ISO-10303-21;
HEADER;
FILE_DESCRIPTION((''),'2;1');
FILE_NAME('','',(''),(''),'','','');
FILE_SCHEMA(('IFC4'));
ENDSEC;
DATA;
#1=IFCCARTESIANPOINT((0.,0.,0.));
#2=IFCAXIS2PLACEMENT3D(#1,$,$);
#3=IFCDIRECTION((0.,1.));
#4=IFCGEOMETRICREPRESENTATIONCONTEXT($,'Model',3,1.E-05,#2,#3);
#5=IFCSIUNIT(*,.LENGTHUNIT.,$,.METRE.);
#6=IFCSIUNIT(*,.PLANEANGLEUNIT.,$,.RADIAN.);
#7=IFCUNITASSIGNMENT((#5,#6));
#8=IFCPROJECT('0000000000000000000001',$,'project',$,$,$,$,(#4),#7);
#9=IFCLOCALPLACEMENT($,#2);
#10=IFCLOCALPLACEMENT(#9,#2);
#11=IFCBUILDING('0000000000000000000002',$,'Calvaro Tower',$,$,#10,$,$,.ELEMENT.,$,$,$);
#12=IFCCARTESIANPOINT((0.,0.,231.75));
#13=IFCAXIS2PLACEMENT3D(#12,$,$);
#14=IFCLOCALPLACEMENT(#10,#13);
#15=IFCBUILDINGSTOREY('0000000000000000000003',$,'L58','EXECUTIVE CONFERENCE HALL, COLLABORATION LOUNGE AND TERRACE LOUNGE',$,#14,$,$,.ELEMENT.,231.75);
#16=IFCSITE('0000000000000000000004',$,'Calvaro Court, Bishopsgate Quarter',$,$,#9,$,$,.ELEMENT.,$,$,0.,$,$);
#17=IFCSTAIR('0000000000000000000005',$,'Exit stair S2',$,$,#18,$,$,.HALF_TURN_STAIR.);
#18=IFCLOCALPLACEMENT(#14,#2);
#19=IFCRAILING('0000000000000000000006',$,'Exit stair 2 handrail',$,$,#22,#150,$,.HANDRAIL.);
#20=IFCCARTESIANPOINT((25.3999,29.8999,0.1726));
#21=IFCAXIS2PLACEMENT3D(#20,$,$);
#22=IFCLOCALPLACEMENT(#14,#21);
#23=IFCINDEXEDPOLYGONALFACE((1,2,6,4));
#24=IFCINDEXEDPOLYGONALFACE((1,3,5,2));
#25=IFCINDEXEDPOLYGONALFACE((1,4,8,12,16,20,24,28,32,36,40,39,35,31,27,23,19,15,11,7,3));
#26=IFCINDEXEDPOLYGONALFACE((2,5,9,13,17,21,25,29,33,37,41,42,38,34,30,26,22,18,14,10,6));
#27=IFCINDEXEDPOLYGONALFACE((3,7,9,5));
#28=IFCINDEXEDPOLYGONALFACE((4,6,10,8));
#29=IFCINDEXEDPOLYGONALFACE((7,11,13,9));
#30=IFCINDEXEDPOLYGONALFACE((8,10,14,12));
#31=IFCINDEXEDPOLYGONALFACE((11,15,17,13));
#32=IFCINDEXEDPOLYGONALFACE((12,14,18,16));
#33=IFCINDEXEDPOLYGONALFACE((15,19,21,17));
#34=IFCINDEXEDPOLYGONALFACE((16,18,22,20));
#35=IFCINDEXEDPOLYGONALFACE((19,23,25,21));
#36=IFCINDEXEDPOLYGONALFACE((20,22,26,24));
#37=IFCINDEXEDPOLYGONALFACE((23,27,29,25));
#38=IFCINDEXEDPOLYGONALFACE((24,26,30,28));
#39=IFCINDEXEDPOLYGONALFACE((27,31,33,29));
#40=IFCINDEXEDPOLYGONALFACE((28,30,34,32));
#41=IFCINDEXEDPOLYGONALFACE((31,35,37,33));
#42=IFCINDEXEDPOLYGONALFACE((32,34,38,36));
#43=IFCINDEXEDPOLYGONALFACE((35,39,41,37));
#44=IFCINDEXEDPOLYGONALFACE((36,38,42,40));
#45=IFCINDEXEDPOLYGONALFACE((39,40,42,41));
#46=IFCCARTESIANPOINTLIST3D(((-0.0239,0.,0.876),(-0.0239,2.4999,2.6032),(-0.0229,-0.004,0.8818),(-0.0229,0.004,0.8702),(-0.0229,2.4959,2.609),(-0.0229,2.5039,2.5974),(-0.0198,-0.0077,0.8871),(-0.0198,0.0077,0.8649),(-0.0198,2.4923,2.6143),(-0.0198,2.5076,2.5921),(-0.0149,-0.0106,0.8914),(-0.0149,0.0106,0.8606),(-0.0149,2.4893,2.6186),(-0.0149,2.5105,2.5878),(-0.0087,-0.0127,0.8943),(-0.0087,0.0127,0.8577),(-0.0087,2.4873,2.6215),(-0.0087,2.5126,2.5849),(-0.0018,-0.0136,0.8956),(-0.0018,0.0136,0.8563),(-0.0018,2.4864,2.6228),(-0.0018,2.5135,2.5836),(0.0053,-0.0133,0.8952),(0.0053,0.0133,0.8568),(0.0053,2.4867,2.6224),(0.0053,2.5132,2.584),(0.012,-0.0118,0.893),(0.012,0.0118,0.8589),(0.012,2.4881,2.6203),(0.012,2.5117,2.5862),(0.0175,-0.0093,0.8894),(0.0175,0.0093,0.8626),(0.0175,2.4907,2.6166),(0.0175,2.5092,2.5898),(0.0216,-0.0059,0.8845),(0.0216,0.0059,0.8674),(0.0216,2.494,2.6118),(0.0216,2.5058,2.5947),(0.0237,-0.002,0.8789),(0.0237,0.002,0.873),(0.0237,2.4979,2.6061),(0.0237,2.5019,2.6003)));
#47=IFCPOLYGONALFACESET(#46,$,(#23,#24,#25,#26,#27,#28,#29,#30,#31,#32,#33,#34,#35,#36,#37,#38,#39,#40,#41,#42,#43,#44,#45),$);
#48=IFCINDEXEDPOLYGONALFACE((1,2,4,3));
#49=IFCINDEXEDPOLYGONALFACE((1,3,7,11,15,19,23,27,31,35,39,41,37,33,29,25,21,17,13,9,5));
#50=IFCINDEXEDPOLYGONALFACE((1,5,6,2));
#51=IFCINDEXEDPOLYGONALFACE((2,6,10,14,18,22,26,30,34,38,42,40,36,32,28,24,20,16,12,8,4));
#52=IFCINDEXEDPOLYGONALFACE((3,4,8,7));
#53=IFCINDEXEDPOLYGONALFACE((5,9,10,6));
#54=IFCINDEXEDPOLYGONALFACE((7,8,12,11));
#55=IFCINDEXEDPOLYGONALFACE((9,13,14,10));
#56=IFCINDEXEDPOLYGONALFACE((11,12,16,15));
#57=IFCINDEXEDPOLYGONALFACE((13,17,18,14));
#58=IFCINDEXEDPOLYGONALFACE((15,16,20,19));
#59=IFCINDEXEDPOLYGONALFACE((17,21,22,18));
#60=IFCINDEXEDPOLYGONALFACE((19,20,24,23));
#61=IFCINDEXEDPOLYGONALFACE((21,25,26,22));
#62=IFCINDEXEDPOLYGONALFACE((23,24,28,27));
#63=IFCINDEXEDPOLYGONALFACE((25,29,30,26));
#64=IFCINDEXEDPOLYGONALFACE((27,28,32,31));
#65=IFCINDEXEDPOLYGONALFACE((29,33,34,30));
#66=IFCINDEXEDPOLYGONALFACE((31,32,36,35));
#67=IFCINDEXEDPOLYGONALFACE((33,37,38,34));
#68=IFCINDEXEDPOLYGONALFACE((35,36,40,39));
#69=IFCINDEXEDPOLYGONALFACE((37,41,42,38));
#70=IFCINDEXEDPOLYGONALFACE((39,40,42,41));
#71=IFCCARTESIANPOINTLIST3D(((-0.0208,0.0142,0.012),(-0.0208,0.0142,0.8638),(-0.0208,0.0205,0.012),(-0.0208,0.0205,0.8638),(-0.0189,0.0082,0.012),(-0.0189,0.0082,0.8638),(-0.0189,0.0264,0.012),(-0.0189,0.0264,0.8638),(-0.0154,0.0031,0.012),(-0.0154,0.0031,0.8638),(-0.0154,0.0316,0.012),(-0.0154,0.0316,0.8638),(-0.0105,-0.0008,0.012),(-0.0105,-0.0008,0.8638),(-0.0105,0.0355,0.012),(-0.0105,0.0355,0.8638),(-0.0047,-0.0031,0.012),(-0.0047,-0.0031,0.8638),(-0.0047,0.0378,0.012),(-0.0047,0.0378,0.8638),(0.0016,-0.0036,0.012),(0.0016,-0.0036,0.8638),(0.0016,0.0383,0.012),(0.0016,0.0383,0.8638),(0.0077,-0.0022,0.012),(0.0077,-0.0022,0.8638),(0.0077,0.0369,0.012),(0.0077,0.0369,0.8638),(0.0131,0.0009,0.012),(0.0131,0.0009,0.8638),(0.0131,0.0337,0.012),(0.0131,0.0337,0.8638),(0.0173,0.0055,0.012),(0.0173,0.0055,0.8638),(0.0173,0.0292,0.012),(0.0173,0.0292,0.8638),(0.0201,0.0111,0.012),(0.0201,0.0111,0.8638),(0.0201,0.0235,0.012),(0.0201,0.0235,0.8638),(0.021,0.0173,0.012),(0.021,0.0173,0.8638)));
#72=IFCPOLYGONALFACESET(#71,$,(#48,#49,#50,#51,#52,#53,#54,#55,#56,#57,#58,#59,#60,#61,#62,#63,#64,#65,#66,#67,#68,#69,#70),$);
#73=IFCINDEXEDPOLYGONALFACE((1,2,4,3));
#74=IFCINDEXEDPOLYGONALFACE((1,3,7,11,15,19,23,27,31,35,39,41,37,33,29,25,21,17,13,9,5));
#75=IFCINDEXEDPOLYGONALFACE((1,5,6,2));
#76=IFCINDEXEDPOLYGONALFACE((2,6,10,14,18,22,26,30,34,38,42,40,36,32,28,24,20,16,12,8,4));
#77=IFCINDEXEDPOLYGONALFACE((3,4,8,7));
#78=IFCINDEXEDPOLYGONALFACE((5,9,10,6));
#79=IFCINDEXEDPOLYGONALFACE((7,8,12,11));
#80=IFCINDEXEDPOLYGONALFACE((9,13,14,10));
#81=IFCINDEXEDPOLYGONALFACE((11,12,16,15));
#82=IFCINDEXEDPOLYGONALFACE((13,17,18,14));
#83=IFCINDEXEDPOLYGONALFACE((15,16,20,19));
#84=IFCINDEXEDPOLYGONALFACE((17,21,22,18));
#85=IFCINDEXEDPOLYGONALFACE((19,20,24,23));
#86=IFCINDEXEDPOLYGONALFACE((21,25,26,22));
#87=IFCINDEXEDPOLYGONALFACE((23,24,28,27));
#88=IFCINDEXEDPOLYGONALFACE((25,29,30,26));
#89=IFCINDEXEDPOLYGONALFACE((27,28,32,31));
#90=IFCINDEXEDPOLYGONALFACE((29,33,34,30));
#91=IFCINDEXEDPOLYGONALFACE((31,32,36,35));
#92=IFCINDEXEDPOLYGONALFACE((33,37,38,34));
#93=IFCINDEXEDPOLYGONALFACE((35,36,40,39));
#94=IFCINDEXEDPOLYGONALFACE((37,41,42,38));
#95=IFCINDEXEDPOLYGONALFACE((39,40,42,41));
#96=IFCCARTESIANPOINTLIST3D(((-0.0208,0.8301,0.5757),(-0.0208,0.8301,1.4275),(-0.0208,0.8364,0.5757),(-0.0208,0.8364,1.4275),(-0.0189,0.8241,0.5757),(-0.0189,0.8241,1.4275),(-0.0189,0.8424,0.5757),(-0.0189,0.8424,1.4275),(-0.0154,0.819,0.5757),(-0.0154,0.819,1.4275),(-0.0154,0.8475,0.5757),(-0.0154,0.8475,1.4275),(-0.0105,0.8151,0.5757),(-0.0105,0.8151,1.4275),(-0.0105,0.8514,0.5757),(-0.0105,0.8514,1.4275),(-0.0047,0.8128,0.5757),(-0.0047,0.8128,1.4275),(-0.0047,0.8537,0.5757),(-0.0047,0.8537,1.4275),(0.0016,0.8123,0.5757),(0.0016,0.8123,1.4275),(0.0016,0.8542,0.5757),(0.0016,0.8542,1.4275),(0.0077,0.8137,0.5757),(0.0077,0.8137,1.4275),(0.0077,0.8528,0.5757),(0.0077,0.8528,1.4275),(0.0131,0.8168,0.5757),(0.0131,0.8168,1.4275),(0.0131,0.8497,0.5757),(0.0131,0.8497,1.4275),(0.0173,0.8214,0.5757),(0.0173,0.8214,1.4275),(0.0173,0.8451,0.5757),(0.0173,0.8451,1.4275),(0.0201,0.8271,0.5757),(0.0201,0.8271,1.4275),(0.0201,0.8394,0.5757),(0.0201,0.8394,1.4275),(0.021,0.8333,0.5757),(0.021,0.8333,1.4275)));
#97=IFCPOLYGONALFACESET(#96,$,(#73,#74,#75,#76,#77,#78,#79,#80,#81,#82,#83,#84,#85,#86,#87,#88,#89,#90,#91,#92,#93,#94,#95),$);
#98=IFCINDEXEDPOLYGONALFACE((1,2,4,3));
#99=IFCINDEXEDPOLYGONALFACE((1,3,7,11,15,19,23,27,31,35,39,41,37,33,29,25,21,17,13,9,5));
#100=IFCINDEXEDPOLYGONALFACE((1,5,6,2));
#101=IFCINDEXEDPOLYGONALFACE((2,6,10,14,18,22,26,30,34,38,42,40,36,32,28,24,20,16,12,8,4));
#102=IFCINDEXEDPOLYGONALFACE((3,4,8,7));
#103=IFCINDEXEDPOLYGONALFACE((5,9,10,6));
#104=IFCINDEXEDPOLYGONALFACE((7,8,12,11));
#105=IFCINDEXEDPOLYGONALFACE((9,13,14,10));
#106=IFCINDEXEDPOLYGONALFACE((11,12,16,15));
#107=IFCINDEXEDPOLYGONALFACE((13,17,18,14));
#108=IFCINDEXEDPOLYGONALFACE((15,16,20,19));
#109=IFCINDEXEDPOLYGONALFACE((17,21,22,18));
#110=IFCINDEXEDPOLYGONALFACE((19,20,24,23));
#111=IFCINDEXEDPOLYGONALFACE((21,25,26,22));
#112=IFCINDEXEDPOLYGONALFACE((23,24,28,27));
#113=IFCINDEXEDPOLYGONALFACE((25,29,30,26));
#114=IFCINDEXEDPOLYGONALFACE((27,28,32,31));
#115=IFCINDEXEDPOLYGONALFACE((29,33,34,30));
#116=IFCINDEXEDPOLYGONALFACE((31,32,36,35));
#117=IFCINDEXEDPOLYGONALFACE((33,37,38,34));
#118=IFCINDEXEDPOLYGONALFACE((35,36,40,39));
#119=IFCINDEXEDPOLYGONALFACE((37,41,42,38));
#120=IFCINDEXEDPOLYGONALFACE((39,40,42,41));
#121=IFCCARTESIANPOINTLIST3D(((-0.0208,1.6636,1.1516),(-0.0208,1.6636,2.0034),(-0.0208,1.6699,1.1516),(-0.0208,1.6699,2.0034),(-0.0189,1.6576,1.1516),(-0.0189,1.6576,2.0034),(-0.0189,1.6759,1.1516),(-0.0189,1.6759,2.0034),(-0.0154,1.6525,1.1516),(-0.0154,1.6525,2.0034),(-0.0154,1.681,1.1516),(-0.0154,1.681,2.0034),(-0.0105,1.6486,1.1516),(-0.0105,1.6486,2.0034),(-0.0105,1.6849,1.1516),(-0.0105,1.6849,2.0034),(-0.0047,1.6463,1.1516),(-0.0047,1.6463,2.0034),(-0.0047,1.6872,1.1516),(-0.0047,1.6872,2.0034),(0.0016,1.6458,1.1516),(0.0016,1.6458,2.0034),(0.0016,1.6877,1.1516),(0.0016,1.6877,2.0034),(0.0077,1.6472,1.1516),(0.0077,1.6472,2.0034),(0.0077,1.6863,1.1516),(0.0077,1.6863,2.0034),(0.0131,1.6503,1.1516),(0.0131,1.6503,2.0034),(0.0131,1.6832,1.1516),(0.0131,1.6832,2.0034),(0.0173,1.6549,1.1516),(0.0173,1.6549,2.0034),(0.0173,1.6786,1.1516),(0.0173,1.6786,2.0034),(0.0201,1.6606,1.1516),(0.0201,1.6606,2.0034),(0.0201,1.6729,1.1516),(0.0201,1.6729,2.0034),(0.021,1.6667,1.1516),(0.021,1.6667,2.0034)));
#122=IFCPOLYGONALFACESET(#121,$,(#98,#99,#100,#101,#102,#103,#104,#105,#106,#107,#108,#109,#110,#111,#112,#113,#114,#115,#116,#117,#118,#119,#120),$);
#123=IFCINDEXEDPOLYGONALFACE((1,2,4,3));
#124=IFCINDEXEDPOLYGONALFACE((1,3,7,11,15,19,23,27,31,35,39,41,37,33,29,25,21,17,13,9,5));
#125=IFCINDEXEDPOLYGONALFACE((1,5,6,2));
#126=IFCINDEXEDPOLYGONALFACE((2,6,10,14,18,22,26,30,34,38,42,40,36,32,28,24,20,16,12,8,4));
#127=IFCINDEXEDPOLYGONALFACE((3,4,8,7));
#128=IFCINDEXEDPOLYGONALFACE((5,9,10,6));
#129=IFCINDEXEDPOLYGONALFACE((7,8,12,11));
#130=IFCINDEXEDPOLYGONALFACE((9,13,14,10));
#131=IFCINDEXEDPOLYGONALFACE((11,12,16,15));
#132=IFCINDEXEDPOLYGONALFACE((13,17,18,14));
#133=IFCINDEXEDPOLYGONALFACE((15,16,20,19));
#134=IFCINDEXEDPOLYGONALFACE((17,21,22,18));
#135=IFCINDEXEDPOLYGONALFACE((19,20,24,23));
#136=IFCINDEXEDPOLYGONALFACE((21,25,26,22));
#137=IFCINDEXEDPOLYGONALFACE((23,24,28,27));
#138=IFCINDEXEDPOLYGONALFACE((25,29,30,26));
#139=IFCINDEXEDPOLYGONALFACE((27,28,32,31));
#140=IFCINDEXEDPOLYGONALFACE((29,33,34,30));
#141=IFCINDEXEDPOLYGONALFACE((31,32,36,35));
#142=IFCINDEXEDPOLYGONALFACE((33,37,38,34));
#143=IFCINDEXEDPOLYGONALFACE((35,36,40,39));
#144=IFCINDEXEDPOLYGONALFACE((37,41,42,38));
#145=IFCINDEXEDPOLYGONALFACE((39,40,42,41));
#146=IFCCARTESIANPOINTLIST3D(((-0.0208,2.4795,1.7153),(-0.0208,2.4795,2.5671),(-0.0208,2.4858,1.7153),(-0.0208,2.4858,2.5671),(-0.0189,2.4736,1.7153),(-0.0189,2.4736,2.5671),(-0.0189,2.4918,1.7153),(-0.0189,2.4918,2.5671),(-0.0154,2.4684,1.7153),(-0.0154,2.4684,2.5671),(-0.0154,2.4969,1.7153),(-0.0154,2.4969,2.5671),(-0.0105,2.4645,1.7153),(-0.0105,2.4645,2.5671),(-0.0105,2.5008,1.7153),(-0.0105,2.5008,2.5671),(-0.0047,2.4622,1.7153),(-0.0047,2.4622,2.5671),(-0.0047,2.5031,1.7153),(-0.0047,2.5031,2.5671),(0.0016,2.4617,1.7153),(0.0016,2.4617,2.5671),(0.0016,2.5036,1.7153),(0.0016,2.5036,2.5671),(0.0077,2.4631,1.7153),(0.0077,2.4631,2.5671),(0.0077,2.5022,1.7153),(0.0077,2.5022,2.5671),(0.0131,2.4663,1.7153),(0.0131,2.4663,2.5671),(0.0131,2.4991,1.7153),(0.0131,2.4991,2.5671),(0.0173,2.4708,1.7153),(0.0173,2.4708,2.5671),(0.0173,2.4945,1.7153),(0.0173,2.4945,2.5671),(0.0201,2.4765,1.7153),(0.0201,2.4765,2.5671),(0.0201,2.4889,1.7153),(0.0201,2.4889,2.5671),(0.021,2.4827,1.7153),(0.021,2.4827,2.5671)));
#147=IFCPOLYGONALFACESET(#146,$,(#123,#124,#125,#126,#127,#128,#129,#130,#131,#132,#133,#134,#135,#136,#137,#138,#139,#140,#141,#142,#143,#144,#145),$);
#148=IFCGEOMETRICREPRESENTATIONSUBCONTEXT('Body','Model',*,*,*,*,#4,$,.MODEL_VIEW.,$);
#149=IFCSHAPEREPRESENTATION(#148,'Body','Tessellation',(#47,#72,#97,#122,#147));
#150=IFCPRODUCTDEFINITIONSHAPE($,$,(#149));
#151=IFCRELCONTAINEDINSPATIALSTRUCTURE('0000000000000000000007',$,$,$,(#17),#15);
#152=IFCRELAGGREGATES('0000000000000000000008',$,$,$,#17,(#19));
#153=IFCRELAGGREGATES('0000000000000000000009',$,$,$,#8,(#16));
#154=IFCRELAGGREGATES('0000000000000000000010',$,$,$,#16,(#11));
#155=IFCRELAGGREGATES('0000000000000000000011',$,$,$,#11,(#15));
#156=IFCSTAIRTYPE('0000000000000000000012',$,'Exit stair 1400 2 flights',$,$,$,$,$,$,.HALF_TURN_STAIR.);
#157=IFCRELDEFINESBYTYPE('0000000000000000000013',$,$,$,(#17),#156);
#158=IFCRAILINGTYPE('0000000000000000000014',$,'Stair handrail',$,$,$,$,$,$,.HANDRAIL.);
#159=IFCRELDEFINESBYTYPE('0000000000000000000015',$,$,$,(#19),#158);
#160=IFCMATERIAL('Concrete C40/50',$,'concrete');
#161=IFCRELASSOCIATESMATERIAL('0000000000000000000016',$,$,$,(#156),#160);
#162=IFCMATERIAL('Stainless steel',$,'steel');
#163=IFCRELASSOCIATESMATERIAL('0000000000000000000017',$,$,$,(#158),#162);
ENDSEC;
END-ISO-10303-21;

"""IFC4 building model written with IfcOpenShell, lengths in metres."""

from ifc_helpers import new_model, si_unit, direction, frame, origin, origin_2d, place, context, subcontext, project, spatial, circle, extrude, material, type_object, element, aggregate, save


model = new_model("IFC4")

# Units and contexts
model_context = context("Model", 3, precision=1e-05, world=origin(), true_north=direction((0.0, 1.0)))
body_context = subcontext(model_context, "Body", "Model", "MODEL_VIEW")
ifc_project = project(units=[si_unit("LENGTHUNIT", "METRE"), si_unit("PLANEANGLEUNIT", "RADIAN")], contexts=[model_context])

# Site, building, storey
site_placement = place(None, origin())
site = spatial("IfcSite", under=ifc_project, at=site_placement, Name="Calvaro Court, Bishopsgate Quarter", CompositionType="ELEMENT", RefElevation=0.0)
building_placement = place(site_placement, origin())
building = spatial("IfcBuilding", under=site, at=building_placement, Name="Calvaro Tower", CompositionType="ELEMENT")
storey_placement = place(building_placement, frame((0.0, 0.0, 231.75)))
storey = spatial("IfcBuildingStorey", under=building, at=storey_placement, Name="L58", Description="EXECUTIVE CONFERENCE HALL, COLLABORATION LOUNGE AND TERRACE LOUNGE", CompositionType="ELEMENT", Elevation=231.75)

# Stair, railing
ifc_material_1 = material(Name="Concrete C40/50", Category="concrete")
stair_type = type_object("IfcStairType", Name="Exit stair 1400 2 flights", PredefinedType="HALF_TURN_STAIR", material=ifc_material_1)
stair_placement = place(storey_placement, origin())
stair = element("IfcStair", 1, at=stair_placement, inside=storey, type_object=stair_type, Name="Exit stair S2", PredefinedType="HALF_TURN_STAIR")
ifc_material_2 = material(Name="Stainless steel", Category="steel")
railing_type = type_object("IfcRailingType", Name="Stair handrail", PredefinedType="HANDRAIL", material=ifc_material_2)
railing_1_placement = place(storey_placement, frame((25.3999, 29.8999, 0.1726)))
railing_1 = element("IfcRailing", 2, at=railing_1_placement, type_object=railing_type, Name="Exit stair 2 handrail", PredefinedType="HANDRAIL", context=body_context, shape_type="SweptSolid", body=[
    extrude(circle(Radius=0.0239, at=origin_2d()), frame((0.0, 0.0, 0.876), z_axis=(0.0, 0.822727, 0.568437), x_axis=(-1.0, 0.0, 0.0)), (0.0, 0.0, 1.0), 3.0386),
    extrude(circle(Radius=0.021, at=origin_2d()), frame((0.0, 0.0173, 0.012)), (0.0, 0.0, 1.0), 0.8518),
    extrude(circle(Radius=0.021, at=origin_2d()), frame((0.0, 0.8333, 0.5757)), (0.0, 0.0, 1.0), 0.8518),
    extrude(circle(Radius=0.021, at=origin_2d()), frame((0.0, 1.6667, 1.1516)), (0.0, 0.0, 1.0), 0.8518),
    extrude(circle(Radius=0.021, at=origin_2d()), frame((0.0, 2.4827, 1.7153)), (0.0, 0.0, 1.0), 0.8518),
])
aggregate(stair, [railing_1])

save(model, "model.ifc")
